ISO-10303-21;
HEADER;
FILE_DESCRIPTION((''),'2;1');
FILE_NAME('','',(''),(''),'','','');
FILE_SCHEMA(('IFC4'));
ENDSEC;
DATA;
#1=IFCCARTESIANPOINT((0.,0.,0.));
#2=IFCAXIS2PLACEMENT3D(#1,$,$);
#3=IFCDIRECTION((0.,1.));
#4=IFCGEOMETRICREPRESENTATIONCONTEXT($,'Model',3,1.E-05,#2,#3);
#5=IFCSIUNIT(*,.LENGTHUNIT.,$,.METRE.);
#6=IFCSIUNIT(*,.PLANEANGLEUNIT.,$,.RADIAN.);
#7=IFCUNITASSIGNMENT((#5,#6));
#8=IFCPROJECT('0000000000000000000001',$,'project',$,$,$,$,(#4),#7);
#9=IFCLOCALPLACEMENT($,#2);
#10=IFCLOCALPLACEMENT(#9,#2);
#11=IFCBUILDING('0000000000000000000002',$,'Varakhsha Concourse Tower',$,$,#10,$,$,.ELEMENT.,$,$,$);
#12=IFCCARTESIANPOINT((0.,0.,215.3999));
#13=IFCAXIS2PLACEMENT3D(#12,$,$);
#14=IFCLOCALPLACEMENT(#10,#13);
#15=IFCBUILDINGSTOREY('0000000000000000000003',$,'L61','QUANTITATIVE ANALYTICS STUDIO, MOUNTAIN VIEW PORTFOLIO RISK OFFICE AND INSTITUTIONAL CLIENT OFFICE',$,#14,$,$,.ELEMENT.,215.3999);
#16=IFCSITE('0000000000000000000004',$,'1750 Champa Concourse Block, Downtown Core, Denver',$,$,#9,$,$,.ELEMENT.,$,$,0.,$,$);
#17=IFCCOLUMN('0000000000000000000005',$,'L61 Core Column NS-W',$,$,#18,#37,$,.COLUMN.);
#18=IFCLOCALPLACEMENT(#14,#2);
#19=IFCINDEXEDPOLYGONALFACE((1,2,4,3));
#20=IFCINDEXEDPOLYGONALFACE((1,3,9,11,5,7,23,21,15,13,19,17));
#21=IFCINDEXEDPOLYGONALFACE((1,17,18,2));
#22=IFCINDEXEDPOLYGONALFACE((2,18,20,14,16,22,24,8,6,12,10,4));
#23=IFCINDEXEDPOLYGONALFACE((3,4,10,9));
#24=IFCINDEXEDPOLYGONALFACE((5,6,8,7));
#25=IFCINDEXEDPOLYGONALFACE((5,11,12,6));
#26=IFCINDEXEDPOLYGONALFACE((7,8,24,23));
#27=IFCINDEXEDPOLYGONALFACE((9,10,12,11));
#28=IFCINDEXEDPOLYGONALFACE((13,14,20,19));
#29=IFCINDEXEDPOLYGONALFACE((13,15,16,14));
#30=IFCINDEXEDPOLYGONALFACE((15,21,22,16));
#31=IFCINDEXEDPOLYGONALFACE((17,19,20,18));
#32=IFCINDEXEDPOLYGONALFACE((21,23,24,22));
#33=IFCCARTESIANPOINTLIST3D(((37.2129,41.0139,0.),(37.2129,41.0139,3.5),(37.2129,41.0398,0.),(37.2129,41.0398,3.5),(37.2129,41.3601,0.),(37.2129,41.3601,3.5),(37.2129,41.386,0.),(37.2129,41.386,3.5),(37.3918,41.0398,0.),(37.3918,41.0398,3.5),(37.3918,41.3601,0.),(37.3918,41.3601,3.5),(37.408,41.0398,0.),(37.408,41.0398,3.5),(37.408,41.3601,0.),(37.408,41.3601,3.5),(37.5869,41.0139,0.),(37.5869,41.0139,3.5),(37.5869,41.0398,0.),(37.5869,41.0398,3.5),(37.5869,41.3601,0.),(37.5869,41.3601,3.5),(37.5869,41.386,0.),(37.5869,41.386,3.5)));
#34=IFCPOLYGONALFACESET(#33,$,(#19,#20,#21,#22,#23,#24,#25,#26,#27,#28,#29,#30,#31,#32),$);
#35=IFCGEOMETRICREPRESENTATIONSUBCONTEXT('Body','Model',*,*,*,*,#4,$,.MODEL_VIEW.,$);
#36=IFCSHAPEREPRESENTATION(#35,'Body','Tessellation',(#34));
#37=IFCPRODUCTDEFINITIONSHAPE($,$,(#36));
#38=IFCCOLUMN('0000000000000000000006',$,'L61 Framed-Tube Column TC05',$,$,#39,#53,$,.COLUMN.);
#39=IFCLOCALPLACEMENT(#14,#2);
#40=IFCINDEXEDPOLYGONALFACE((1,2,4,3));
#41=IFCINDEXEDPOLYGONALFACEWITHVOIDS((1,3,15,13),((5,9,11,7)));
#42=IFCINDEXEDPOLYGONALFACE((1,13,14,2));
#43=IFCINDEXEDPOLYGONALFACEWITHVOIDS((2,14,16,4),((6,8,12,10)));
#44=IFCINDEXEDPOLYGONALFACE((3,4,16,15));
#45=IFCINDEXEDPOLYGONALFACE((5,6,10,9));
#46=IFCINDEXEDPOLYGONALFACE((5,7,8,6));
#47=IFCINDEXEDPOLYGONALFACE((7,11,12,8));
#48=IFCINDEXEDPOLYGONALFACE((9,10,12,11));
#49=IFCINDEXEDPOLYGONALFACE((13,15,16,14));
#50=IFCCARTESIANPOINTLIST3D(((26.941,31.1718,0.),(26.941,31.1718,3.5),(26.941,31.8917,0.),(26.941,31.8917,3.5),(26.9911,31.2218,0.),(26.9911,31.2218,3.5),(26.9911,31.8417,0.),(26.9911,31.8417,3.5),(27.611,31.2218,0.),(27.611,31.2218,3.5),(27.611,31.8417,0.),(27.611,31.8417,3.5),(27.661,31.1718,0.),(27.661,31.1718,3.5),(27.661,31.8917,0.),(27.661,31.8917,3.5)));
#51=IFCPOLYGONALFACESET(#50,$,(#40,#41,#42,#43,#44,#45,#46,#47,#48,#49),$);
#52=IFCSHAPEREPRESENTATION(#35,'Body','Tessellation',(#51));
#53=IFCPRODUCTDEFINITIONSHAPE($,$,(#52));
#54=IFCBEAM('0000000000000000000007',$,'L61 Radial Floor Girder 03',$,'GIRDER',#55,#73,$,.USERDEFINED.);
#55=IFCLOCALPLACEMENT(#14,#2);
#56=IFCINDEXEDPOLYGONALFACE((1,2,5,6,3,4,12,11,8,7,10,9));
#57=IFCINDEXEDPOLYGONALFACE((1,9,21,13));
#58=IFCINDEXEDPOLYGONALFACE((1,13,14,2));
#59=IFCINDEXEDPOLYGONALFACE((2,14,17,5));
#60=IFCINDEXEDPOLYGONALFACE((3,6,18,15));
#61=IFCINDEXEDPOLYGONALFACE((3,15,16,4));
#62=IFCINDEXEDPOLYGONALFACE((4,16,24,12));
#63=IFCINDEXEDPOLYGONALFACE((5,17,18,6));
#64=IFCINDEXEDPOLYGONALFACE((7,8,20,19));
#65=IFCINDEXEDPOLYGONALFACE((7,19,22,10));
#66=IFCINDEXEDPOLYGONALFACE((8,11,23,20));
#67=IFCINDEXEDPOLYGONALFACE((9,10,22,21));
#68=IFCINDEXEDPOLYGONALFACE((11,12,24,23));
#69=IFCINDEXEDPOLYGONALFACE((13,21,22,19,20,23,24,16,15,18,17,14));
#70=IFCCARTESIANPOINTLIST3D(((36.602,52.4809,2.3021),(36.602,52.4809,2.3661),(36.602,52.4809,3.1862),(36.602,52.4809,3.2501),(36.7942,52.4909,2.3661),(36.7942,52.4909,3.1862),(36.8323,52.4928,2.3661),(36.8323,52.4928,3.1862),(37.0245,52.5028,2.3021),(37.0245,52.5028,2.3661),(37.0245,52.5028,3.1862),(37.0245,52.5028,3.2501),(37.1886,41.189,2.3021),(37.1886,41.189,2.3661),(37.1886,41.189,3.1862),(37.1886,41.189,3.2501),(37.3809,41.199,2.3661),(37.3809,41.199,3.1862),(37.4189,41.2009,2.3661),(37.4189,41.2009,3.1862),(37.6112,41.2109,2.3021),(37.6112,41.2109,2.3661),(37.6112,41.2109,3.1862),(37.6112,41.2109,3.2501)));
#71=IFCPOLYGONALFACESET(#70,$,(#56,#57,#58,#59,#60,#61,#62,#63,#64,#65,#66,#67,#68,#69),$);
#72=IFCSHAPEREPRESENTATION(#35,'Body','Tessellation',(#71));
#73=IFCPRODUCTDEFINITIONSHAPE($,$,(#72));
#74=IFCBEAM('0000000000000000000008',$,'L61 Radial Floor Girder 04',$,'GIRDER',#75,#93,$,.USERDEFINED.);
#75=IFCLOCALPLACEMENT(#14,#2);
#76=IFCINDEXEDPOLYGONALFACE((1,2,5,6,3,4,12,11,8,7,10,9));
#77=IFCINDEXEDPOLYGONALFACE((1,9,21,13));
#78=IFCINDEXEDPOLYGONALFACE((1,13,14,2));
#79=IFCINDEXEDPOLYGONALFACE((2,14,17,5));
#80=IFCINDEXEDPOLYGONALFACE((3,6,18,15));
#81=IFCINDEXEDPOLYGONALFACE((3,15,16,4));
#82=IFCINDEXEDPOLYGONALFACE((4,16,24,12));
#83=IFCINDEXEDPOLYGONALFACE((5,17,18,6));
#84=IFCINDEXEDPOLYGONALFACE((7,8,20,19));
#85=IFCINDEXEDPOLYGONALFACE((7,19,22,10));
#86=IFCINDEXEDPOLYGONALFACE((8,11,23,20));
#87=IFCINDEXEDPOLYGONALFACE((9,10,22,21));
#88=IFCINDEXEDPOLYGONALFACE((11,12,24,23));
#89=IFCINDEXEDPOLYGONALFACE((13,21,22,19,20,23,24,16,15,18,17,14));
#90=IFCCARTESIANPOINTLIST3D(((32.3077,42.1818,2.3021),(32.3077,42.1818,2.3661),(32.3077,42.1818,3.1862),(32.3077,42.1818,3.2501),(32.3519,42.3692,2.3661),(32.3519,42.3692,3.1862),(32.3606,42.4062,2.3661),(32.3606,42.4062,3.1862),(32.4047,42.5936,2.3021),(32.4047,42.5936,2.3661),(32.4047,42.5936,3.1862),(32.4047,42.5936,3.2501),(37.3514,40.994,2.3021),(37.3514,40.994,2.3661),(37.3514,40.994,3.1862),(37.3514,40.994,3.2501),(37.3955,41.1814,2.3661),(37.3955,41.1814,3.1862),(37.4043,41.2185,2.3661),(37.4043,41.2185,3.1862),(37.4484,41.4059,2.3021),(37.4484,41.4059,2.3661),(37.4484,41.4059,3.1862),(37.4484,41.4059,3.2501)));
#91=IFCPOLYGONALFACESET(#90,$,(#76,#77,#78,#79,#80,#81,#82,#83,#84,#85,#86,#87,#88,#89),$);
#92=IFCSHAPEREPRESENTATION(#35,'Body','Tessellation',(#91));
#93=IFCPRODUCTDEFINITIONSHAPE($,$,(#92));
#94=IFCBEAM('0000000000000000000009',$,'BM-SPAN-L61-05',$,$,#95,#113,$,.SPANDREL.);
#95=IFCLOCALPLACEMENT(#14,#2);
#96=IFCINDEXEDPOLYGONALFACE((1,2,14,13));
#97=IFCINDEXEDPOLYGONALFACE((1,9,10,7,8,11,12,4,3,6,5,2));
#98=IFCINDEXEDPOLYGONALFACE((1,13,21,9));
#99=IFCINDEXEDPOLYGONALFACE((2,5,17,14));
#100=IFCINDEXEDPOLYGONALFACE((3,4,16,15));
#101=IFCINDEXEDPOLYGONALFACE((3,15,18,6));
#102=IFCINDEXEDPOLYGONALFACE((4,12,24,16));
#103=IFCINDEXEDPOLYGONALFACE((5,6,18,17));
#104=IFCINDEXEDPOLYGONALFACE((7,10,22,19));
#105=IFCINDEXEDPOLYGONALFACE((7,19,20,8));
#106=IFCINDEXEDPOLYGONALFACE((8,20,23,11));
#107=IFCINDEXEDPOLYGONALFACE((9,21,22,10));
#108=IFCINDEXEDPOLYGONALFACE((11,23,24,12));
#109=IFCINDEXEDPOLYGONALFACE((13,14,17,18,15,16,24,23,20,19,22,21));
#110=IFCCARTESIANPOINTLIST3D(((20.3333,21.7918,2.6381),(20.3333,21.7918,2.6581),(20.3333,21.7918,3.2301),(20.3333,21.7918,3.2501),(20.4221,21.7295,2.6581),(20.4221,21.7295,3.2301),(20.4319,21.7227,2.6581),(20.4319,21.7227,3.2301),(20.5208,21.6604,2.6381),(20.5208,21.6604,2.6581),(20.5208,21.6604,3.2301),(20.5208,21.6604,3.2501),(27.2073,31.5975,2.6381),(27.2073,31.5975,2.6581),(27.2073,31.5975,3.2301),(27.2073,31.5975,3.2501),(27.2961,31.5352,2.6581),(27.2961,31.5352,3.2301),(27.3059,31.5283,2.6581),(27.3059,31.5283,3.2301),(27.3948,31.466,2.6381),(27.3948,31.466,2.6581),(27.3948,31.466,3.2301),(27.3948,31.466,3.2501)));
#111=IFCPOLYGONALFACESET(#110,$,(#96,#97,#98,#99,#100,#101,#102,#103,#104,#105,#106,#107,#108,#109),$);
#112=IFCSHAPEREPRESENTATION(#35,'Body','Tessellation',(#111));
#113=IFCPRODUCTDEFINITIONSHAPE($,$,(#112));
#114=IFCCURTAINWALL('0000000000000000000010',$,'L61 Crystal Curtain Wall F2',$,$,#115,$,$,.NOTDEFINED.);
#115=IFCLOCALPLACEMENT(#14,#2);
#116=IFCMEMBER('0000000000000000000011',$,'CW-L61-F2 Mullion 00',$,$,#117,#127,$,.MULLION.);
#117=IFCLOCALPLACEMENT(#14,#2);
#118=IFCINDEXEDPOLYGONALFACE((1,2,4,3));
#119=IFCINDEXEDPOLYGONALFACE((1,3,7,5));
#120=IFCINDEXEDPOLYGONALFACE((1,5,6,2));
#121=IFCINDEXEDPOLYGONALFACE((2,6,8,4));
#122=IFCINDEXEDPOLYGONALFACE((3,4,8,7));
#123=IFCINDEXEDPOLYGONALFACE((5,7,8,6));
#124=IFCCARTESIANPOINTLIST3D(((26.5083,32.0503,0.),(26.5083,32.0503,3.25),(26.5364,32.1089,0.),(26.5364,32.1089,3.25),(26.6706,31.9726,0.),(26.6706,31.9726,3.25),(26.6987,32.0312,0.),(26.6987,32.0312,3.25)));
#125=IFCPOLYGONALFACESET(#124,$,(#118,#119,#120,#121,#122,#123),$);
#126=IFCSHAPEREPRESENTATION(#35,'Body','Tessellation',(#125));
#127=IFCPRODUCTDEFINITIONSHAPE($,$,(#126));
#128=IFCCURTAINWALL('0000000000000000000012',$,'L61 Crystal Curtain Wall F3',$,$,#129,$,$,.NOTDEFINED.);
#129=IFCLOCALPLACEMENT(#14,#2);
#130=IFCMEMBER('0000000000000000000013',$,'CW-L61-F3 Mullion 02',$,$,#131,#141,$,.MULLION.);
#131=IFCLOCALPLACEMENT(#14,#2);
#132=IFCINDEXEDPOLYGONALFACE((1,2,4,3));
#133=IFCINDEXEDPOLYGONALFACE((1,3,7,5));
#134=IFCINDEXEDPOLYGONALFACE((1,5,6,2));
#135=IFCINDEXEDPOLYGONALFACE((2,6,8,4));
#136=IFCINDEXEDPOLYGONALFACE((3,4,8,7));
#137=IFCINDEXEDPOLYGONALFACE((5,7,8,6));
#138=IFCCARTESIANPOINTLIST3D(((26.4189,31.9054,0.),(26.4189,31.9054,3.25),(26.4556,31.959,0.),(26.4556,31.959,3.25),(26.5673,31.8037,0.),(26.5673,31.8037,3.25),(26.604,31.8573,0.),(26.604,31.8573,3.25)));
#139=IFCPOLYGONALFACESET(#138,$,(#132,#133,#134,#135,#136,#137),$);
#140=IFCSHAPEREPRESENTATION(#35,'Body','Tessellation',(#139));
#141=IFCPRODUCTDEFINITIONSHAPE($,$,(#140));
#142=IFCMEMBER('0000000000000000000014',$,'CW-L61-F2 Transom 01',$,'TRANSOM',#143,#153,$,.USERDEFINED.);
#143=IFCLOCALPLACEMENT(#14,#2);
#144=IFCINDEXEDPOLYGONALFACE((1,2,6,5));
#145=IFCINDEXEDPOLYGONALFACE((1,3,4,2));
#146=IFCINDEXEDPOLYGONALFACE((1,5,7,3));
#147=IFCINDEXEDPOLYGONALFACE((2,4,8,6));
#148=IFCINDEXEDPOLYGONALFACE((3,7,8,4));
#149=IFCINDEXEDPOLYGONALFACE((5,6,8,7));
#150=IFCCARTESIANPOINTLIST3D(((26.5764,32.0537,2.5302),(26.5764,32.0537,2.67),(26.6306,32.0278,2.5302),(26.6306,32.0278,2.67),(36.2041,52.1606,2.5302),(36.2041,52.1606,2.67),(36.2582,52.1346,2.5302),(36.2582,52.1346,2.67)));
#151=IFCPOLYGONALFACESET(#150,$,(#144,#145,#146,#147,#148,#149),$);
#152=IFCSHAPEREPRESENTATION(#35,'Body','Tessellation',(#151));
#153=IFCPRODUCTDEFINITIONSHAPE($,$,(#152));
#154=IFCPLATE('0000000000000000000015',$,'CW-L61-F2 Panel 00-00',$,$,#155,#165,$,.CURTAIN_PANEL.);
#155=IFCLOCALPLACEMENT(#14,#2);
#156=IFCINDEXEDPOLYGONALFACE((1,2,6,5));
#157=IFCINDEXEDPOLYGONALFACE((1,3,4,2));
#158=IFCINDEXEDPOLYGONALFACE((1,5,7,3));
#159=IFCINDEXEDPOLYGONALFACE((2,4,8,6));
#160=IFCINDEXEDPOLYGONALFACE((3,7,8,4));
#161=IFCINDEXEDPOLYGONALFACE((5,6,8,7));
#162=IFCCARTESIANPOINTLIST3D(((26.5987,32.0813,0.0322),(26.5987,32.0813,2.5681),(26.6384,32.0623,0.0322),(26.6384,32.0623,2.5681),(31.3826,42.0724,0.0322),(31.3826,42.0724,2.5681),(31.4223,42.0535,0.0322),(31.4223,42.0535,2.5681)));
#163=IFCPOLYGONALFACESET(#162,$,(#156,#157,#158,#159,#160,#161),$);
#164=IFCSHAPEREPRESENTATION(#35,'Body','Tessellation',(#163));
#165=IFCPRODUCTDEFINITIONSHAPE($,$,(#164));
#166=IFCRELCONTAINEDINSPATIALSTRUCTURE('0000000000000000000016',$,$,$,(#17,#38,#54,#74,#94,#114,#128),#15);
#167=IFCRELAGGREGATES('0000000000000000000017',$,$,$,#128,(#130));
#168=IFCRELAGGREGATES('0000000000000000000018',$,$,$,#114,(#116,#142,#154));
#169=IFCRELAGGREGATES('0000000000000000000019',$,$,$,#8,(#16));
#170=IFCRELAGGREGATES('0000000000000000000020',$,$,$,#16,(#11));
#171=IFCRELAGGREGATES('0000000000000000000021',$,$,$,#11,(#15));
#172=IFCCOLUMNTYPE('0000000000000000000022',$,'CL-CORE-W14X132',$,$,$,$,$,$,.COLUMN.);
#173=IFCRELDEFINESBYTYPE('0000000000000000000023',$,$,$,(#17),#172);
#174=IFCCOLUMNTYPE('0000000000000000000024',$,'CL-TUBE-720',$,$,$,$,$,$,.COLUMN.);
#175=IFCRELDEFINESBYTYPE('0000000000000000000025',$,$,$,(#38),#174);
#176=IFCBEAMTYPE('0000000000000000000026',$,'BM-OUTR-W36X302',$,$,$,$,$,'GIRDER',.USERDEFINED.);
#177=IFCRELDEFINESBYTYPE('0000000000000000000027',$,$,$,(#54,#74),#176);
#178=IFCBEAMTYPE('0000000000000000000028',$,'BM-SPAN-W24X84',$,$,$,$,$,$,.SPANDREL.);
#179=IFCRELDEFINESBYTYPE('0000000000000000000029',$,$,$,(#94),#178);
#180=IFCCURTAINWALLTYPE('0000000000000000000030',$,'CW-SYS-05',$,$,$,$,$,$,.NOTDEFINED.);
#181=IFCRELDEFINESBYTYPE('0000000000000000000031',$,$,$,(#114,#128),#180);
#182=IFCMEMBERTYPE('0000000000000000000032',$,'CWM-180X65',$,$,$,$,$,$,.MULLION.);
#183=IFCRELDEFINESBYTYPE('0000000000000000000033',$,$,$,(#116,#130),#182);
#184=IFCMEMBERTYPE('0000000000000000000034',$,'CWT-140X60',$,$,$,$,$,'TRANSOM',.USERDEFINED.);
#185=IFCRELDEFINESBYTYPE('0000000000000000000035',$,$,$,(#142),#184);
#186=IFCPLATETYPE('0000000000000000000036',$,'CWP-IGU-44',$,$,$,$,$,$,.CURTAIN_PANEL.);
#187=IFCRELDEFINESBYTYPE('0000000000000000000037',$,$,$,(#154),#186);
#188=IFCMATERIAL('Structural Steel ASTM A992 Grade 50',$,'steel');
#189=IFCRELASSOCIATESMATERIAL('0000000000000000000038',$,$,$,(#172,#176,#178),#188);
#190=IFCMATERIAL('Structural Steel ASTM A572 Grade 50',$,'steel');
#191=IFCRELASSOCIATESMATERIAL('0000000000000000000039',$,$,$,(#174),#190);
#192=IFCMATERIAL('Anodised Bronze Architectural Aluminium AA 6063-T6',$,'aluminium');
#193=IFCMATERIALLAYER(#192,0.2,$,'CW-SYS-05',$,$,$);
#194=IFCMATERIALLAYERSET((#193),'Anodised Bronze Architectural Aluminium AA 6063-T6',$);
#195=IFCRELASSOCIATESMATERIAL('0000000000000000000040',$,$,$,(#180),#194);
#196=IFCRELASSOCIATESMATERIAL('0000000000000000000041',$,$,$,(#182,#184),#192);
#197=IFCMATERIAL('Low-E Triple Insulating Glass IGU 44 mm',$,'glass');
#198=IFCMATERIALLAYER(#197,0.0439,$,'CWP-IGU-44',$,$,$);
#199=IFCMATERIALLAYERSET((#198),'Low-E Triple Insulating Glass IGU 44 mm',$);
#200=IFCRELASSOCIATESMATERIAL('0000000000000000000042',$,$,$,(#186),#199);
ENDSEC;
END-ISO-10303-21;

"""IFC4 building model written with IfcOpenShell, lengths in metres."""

from ifc_helpers import new_model, si_unit, direction, frame, origin, origin_2d, place, context, subcontext, project, spatial, rectangle, hollow_rectangle, i_section, extrude, source, transform, mapped, material, layer, layer_set, material_profile, profile_set, type_object, type_shapes, element, aggregate, save


model = new_model("IFC4")

# Units and contexts
model_context = context("Model", 3, precision=1e-05, world=origin(), true_north=direction((0.0, 1.0)))
body_context = subcontext(model_context, "Body", "Model", "MODEL_VIEW")
ifc_project = project(units=[si_unit("LENGTHUNIT", "METRE"), si_unit("PLANEANGLEUNIT", "RADIAN")], contexts=[model_context])

# Site, building, storey
site_placement = place(None, origin())
site = spatial("IfcSite", under=ifc_project, at=site_placement, Name="1750 Champa Concourse Block, Downtown Core, Denver", CompositionType="ELEMENT", RefElevation=0.0)
building_placement = place(site_placement, origin())
building = spatial("IfcBuilding", under=site, at=building_placement, Name="Varakhsha Concourse Tower", CompositionType="ELEMENT")
storey_placement = place(building_placement, frame((0.0, 0.0, 215.3999)))
storey = spatial("IfcBuildingStorey", under=building, at=storey_placement, Name="L61", Description="QUANTITATIVE ANALYTICS STUDIO, MOUNTAIN VIEW PORTFOLIO RISK OFFICE AND INSTITUTIONAL CLIENT OFFICE", CompositionType="ELEMENT", Elevation=215.3999)

# Columns
ifc_material_1 = material(Name="Structural Steel ASTM A992 Grade 50", Category="steel")
ifc_material_profile_1 = material_profile(ifc_material_1, i_section(OverallWidth=0.374, OverallDepth=0.3721, WebThickness=0.0161, FlangeThickness=0.0259, at=origin_2d()), Name="W14X132")
ifc_profile_set_1 = profile_set([ifc_material_profile_1], Name="Structural Steel ASTM A992 Grade 50")
column_type_1 = type_object("IfcColumnType", Name="CL-CORE-W14X132", PredefinedType="COLUMN", material=ifc_profile_set_1)
column_1_placement = place(storey_placement, frame((37.3999, 41.2, 0.0), z_axis=(0.0, 0.0, 1.0), x_axis=(1.0, 0.0, 0.0)))
element("IfcColumn", 1, at=column_1_placement, inside=storey, type_object=column_type_1, Name="L61 Core Column NS-W", PredefinedType="COLUMN", context=body_context, shape_type="SweptSolid", body=[
    extrude(i_section(OverallWidth=0.374, OverallDepth=0.3721, WebThickness=0.0161, FlangeThickness=0.0259, at=origin_2d()), origin(), (0.0, 0.0, 1.0), 3.5),
])
ifc_material_2 = material(Name="Structural Steel ASTM A572 Grade 50", Category="steel")
ifc_material_profile_2 = material_profile(ifc_material_2, hollow_rectangle(XDim=0.72, YDim=0.72, WallThickness=0.05, at=origin_2d()), Name="BOX 720x720x50")
ifc_profile_set_2 = profile_set([ifc_material_profile_2], Name="Structural Steel ASTM A572 Grade 50")
column_type_2 = type_object("IfcColumnType", Name="CL-TUBE-720", PredefinedType="COLUMN", material=ifc_profile_set_2)
column_2_placement = place(storey_placement, frame((27.301, 31.5317, 0.0), z_axis=(0.0, 0.0, 1.0), x_axis=(1.0, 0.0, 0.0)))
element("IfcColumn", 2, at=column_2_placement, inside=storey, type_object=column_type_2, Name="L61 Framed-Tube Column TC05", PredefinedType="COLUMN", context=body_context, shape_type="SweptSolid", body=[
    extrude(hollow_rectangle(XDim=0.72, YDim=0.72, WallThickness=0.05, at=origin_2d()), origin(), (0.0, 0.0, 1.0), 3.5),
])

# Beams
ifc_material_profile_3 = material_profile(ifc_material_1, i_section(OverallWidth=0.4231, OverallDepth=0.948, WebThickness=0.0381, FlangeThickness=0.064, at=origin_2d()), Name="W36X302")
ifc_profile_set_3 = profile_set([ifc_material_profile_3], Name="Structural Steel ASTM A992 Grade 50")
beam_type_1 = type_object("IfcBeamType", Name="BM-OUTR-W36X302", ElementType="GIRDER", PredefinedType="USERDEFINED", material=ifc_profile_set_3)
beam_1_placement = place(storey_placement, frame((37.3999, 41.2, 2.7761), z_axis=(-0.051885, 0.998653, 0.0), x_axis=(-0.998653, -0.051885, 0.0)))
element("IfcBeam", 3, at=beam_1_placement, inside=storey, type_object=beam_type_1, Name="L61 Radial Floor Girder 03", ObjectType="GIRDER", PredefinedType="USERDEFINED", context=body_context, shape_type="SweptSolid", body=[
    extrude(i_section(OverallWidth=0.4231, OverallDepth=0.948, WebThickness=0.0381, FlangeThickness=0.064, at=origin_2d()), origin(), (0.0, 0.0, 1.0), 11.3071),
])
beam_2_placement = place(storey_placement, frame((37.3999, 41.2, 2.7761), z_axis=(-0.973375, 0.229221, 0.0), x_axis=(-0.229221, -0.973375, 0.0)))
element("IfcBeam", 4, at=beam_2_placement, inside=storey, type_object=beam_type_1, Name="L61 Radial Floor Girder 04", ObjectType="GIRDER", PredefinedType="USERDEFINED", context=body_context, shape_type="SweptSolid", body=[
    extrude(i_section(OverallWidth=0.4231, OverallDepth=0.948, WebThickness=0.0381, FlangeThickness=0.064, at=origin_2d()), origin(), (0.0, 0.0, 1.0), 5.1816),
])
ifc_material_profile_4 = material_profile(ifc_material_1, i_section(OverallWidth=0.229, OverallDepth=0.6121, WebThickness=0.012, FlangeThickness=0.02, at=origin_2d()), Name="W24X84")
ifc_profile_set_4 = profile_set([ifc_material_profile_4], Name="Structural Steel ASTM A992 Grade 50")
beam_type_2 = type_object("IfcBeamType", Name="BM-SPAN-W24X84", PredefinedType="SPANDREL", material=ifc_profile_set_4)
beam_3_placement = place(storey_placement, frame((27.301, 31.5317, 2.9441), z_axis=(-0.574026, -0.818837, 0.0), x_axis=(0.818837, -0.574026, 0.0)))
element("IfcBeam", 5, at=beam_3_placement, inside=storey, type_object=beam_type_2, Name="BM-SPAN-L61-05", PredefinedType="SPANDREL", context=body_context, shape_type="SweptSolid", body=[
    extrude(i_section(OverallWidth=0.229, OverallDepth=0.6121, WebThickness=0.012, FlangeThickness=0.02, at=origin_2d()), origin(), (0.0, 0.0, 1.0), 11.9751),
])

# Curtain walls, members
ifc_material_3 = material(Name="Anodised Bronze Architectural Aluminium AA 6063-T6", Category="aluminium")
ifc_layer_1 = layer(ifc_material_3, 0.2, Name="CW-SYS-05")
ifc_layer_set_1 = layer_set([ifc_layer_1], Name="Anodised Bronze Architectural Aluminium AA 6063-T6")
curtain_wall_type = type_object("IfcCurtainWallType", Name="CW-SYS-05", PredefinedType="NOTDEFINED", material=ifc_layer_set_1)
curtain_wall_1_placement = place(storey_placement, origin())
curtain_wall_1 = element("IfcCurtainWall", 6, at=curtain_wall_1_placement, inside=storey, type_object=curtain_wall_type, Name="L61 Crystal Curtain Wall F2", PredefinedType="NOTDEFINED")
ifc_material_profile_5 = material_profile(ifc_material_3, rectangle(XDim=0.0649, YDim=0.1799, at=origin_2d()), Name="CWM-180X65")
ifc_profile_set_5 = profile_set([ifc_material_profile_5], Name="Anodised Bronze Architectural Aluminium AA 6063-T6")
member_type_1 = type_object("IfcMemberType", Name="CWM-180X65", PredefinedType="MULLION", material=ifc_profile_set_5)
shared_shape_1 = source(origin(), body_context, "Body", "SweptSolid", [
    extrude(rectangle(XDim=0.0649, YDim=0.1799, at=origin_2d()), origin(), (0.0, 0.0, 1.0), 3.25),
])
type_shapes(member_type_1, [shared_shape_1])
member_1_placement = place(storey_placement, frame((26.6035, 32.0408, 0.0), z_axis=(0.0, 0.0, 1.0), x_axis=(0.431862, 0.90194, 0.0)))
member_1 = element("IfcMember", 7, at=member_1_placement, type_object=member_type_1, Name="CW-L61-F2 Mullion 00", PredefinedType="MULLION", context=body_context, shape_type="MappedRepresentation", body=[
    mapped(shared_shape_1, transform((0.0, 0.0, 0.0), scale=1.0)),
])
curtain_wall_2_placement = place(storey_placement, origin())
curtain_wall_2 = element("IfcCurtainWall", 8, at=curtain_wall_2_placement, inside=storey, type_object=curtain_wall_type, Name="L61 Crystal Curtain Wall F3", PredefinedType="NOTDEFINED")
member_2_placement = place(storey_placement, frame((26.5115, 31.8813, 0.0), z_axis=(0.0, 0.0, 1.0), x_axis=(0.565173, 0.824972, 0.0)))
member_2 = element("IfcMember", 9, at=member_2_placement, type_object=member_type_1, Name="CW-L61-F3 Mullion 02", PredefinedType="MULLION", context=body_context, shape_type="MappedRepresentation", body=[
    mapped(shared_shape_1, transform((0.0, 0.0, 0.0), scale=1.0)),
])
aggregate(curtain_wall_2, [member_2])

# Member
ifc_material_profile_6 = material_profile(ifc_material_3, rectangle(XDim=0.0601, YDim=0.1399, at=origin_2d()), Name="CWT-140X60")
ifc_profile_set_6 = profile_set([ifc_material_profile_6], Name="Anodised Bronze Architectural Aluminium AA 6063-T6")
member_type_2 = type_object("IfcMemberType", Name="CWT-140X60", ElementType="TRANSOM", PredefinedType="USERDEFINED", material=ifc_profile_set_6)
shared_shape_2 = source(origin(), body_context, "Body", "SweptSolid", [
    extrude(rectangle(XDim=0.0601, YDim=0.1399, at=origin_2d()), origin(), (0.0, 0.0, 1.0), 22.293),
])
type_shapes(member_type_2, [shared_shape_2])
member_3_placement = place(storey_placement, frame((26.6035, 32.0408, 2.6001), z_axis=(0.431869, 0.901936, 0.0), x_axis=(-0.901936, 0.431869, 0.0)))
member_3 = element("IfcMember", 10, at=member_3_placement, type_object=member_type_2, Name="CW-L61-F2 Transom 01", ObjectType="TRANSOM", PredefinedType="USERDEFINED", context=body_context, shape_type="MappedRepresentation", body=[
    mapped(shared_shape_2, transform((0.0, 0.0, 0.0), scale=1.0)),
])

# Plate
ifc_material_4 = material(Name="Low-E Triple Insulating Glass IGU 44 mm", Category="glass")
ifc_layer_2 = layer(ifc_material_4, 0.0439, Name="CWP-IGU-44")
ifc_layer_set_2 = layer_set([ifc_layer_2], Name="Low-E Triple Insulating Glass IGU 44 mm")
plate_type_1 = type_object("IfcPlateType", Name="CWP-IGU-44", PredefinedType="CURTAIN_PANEL", material=ifc_layer_set_2)
shared_shape_3 = source(origin(), body_context, "Body", "SweptSolid", [
    extrude(rectangle(XDim=11.0774, YDim=0.0439, at=origin_2d()), origin(), (0.0, 0.0, 1.0), 2.5359),
])
type_shapes(plate_type_1, [shared_shape_3])
plate_1_placement = place(storey_placement, frame((29.0105, 37.0674, 0.0322), z_axis=(0.0, 0.0, 1.0), x_axis=(0.431862, 0.90194, 0.0)))
plate_1 = element("IfcPlate", 11, at=plate_1_placement, type_object=plate_type_1, Name="CW-L61-F2 Panel 00-00", PredefinedType="CURTAIN_PANEL", context=body_context, shape_type="MappedRepresentation", body=[
    mapped(shared_shape_3, transform((0.0, 0.0, 0.0), scale=1.0)),
])
aggregate(curtain_wall_1, [member_1, member_3, plate_1])

save(model, "model.ifc")
